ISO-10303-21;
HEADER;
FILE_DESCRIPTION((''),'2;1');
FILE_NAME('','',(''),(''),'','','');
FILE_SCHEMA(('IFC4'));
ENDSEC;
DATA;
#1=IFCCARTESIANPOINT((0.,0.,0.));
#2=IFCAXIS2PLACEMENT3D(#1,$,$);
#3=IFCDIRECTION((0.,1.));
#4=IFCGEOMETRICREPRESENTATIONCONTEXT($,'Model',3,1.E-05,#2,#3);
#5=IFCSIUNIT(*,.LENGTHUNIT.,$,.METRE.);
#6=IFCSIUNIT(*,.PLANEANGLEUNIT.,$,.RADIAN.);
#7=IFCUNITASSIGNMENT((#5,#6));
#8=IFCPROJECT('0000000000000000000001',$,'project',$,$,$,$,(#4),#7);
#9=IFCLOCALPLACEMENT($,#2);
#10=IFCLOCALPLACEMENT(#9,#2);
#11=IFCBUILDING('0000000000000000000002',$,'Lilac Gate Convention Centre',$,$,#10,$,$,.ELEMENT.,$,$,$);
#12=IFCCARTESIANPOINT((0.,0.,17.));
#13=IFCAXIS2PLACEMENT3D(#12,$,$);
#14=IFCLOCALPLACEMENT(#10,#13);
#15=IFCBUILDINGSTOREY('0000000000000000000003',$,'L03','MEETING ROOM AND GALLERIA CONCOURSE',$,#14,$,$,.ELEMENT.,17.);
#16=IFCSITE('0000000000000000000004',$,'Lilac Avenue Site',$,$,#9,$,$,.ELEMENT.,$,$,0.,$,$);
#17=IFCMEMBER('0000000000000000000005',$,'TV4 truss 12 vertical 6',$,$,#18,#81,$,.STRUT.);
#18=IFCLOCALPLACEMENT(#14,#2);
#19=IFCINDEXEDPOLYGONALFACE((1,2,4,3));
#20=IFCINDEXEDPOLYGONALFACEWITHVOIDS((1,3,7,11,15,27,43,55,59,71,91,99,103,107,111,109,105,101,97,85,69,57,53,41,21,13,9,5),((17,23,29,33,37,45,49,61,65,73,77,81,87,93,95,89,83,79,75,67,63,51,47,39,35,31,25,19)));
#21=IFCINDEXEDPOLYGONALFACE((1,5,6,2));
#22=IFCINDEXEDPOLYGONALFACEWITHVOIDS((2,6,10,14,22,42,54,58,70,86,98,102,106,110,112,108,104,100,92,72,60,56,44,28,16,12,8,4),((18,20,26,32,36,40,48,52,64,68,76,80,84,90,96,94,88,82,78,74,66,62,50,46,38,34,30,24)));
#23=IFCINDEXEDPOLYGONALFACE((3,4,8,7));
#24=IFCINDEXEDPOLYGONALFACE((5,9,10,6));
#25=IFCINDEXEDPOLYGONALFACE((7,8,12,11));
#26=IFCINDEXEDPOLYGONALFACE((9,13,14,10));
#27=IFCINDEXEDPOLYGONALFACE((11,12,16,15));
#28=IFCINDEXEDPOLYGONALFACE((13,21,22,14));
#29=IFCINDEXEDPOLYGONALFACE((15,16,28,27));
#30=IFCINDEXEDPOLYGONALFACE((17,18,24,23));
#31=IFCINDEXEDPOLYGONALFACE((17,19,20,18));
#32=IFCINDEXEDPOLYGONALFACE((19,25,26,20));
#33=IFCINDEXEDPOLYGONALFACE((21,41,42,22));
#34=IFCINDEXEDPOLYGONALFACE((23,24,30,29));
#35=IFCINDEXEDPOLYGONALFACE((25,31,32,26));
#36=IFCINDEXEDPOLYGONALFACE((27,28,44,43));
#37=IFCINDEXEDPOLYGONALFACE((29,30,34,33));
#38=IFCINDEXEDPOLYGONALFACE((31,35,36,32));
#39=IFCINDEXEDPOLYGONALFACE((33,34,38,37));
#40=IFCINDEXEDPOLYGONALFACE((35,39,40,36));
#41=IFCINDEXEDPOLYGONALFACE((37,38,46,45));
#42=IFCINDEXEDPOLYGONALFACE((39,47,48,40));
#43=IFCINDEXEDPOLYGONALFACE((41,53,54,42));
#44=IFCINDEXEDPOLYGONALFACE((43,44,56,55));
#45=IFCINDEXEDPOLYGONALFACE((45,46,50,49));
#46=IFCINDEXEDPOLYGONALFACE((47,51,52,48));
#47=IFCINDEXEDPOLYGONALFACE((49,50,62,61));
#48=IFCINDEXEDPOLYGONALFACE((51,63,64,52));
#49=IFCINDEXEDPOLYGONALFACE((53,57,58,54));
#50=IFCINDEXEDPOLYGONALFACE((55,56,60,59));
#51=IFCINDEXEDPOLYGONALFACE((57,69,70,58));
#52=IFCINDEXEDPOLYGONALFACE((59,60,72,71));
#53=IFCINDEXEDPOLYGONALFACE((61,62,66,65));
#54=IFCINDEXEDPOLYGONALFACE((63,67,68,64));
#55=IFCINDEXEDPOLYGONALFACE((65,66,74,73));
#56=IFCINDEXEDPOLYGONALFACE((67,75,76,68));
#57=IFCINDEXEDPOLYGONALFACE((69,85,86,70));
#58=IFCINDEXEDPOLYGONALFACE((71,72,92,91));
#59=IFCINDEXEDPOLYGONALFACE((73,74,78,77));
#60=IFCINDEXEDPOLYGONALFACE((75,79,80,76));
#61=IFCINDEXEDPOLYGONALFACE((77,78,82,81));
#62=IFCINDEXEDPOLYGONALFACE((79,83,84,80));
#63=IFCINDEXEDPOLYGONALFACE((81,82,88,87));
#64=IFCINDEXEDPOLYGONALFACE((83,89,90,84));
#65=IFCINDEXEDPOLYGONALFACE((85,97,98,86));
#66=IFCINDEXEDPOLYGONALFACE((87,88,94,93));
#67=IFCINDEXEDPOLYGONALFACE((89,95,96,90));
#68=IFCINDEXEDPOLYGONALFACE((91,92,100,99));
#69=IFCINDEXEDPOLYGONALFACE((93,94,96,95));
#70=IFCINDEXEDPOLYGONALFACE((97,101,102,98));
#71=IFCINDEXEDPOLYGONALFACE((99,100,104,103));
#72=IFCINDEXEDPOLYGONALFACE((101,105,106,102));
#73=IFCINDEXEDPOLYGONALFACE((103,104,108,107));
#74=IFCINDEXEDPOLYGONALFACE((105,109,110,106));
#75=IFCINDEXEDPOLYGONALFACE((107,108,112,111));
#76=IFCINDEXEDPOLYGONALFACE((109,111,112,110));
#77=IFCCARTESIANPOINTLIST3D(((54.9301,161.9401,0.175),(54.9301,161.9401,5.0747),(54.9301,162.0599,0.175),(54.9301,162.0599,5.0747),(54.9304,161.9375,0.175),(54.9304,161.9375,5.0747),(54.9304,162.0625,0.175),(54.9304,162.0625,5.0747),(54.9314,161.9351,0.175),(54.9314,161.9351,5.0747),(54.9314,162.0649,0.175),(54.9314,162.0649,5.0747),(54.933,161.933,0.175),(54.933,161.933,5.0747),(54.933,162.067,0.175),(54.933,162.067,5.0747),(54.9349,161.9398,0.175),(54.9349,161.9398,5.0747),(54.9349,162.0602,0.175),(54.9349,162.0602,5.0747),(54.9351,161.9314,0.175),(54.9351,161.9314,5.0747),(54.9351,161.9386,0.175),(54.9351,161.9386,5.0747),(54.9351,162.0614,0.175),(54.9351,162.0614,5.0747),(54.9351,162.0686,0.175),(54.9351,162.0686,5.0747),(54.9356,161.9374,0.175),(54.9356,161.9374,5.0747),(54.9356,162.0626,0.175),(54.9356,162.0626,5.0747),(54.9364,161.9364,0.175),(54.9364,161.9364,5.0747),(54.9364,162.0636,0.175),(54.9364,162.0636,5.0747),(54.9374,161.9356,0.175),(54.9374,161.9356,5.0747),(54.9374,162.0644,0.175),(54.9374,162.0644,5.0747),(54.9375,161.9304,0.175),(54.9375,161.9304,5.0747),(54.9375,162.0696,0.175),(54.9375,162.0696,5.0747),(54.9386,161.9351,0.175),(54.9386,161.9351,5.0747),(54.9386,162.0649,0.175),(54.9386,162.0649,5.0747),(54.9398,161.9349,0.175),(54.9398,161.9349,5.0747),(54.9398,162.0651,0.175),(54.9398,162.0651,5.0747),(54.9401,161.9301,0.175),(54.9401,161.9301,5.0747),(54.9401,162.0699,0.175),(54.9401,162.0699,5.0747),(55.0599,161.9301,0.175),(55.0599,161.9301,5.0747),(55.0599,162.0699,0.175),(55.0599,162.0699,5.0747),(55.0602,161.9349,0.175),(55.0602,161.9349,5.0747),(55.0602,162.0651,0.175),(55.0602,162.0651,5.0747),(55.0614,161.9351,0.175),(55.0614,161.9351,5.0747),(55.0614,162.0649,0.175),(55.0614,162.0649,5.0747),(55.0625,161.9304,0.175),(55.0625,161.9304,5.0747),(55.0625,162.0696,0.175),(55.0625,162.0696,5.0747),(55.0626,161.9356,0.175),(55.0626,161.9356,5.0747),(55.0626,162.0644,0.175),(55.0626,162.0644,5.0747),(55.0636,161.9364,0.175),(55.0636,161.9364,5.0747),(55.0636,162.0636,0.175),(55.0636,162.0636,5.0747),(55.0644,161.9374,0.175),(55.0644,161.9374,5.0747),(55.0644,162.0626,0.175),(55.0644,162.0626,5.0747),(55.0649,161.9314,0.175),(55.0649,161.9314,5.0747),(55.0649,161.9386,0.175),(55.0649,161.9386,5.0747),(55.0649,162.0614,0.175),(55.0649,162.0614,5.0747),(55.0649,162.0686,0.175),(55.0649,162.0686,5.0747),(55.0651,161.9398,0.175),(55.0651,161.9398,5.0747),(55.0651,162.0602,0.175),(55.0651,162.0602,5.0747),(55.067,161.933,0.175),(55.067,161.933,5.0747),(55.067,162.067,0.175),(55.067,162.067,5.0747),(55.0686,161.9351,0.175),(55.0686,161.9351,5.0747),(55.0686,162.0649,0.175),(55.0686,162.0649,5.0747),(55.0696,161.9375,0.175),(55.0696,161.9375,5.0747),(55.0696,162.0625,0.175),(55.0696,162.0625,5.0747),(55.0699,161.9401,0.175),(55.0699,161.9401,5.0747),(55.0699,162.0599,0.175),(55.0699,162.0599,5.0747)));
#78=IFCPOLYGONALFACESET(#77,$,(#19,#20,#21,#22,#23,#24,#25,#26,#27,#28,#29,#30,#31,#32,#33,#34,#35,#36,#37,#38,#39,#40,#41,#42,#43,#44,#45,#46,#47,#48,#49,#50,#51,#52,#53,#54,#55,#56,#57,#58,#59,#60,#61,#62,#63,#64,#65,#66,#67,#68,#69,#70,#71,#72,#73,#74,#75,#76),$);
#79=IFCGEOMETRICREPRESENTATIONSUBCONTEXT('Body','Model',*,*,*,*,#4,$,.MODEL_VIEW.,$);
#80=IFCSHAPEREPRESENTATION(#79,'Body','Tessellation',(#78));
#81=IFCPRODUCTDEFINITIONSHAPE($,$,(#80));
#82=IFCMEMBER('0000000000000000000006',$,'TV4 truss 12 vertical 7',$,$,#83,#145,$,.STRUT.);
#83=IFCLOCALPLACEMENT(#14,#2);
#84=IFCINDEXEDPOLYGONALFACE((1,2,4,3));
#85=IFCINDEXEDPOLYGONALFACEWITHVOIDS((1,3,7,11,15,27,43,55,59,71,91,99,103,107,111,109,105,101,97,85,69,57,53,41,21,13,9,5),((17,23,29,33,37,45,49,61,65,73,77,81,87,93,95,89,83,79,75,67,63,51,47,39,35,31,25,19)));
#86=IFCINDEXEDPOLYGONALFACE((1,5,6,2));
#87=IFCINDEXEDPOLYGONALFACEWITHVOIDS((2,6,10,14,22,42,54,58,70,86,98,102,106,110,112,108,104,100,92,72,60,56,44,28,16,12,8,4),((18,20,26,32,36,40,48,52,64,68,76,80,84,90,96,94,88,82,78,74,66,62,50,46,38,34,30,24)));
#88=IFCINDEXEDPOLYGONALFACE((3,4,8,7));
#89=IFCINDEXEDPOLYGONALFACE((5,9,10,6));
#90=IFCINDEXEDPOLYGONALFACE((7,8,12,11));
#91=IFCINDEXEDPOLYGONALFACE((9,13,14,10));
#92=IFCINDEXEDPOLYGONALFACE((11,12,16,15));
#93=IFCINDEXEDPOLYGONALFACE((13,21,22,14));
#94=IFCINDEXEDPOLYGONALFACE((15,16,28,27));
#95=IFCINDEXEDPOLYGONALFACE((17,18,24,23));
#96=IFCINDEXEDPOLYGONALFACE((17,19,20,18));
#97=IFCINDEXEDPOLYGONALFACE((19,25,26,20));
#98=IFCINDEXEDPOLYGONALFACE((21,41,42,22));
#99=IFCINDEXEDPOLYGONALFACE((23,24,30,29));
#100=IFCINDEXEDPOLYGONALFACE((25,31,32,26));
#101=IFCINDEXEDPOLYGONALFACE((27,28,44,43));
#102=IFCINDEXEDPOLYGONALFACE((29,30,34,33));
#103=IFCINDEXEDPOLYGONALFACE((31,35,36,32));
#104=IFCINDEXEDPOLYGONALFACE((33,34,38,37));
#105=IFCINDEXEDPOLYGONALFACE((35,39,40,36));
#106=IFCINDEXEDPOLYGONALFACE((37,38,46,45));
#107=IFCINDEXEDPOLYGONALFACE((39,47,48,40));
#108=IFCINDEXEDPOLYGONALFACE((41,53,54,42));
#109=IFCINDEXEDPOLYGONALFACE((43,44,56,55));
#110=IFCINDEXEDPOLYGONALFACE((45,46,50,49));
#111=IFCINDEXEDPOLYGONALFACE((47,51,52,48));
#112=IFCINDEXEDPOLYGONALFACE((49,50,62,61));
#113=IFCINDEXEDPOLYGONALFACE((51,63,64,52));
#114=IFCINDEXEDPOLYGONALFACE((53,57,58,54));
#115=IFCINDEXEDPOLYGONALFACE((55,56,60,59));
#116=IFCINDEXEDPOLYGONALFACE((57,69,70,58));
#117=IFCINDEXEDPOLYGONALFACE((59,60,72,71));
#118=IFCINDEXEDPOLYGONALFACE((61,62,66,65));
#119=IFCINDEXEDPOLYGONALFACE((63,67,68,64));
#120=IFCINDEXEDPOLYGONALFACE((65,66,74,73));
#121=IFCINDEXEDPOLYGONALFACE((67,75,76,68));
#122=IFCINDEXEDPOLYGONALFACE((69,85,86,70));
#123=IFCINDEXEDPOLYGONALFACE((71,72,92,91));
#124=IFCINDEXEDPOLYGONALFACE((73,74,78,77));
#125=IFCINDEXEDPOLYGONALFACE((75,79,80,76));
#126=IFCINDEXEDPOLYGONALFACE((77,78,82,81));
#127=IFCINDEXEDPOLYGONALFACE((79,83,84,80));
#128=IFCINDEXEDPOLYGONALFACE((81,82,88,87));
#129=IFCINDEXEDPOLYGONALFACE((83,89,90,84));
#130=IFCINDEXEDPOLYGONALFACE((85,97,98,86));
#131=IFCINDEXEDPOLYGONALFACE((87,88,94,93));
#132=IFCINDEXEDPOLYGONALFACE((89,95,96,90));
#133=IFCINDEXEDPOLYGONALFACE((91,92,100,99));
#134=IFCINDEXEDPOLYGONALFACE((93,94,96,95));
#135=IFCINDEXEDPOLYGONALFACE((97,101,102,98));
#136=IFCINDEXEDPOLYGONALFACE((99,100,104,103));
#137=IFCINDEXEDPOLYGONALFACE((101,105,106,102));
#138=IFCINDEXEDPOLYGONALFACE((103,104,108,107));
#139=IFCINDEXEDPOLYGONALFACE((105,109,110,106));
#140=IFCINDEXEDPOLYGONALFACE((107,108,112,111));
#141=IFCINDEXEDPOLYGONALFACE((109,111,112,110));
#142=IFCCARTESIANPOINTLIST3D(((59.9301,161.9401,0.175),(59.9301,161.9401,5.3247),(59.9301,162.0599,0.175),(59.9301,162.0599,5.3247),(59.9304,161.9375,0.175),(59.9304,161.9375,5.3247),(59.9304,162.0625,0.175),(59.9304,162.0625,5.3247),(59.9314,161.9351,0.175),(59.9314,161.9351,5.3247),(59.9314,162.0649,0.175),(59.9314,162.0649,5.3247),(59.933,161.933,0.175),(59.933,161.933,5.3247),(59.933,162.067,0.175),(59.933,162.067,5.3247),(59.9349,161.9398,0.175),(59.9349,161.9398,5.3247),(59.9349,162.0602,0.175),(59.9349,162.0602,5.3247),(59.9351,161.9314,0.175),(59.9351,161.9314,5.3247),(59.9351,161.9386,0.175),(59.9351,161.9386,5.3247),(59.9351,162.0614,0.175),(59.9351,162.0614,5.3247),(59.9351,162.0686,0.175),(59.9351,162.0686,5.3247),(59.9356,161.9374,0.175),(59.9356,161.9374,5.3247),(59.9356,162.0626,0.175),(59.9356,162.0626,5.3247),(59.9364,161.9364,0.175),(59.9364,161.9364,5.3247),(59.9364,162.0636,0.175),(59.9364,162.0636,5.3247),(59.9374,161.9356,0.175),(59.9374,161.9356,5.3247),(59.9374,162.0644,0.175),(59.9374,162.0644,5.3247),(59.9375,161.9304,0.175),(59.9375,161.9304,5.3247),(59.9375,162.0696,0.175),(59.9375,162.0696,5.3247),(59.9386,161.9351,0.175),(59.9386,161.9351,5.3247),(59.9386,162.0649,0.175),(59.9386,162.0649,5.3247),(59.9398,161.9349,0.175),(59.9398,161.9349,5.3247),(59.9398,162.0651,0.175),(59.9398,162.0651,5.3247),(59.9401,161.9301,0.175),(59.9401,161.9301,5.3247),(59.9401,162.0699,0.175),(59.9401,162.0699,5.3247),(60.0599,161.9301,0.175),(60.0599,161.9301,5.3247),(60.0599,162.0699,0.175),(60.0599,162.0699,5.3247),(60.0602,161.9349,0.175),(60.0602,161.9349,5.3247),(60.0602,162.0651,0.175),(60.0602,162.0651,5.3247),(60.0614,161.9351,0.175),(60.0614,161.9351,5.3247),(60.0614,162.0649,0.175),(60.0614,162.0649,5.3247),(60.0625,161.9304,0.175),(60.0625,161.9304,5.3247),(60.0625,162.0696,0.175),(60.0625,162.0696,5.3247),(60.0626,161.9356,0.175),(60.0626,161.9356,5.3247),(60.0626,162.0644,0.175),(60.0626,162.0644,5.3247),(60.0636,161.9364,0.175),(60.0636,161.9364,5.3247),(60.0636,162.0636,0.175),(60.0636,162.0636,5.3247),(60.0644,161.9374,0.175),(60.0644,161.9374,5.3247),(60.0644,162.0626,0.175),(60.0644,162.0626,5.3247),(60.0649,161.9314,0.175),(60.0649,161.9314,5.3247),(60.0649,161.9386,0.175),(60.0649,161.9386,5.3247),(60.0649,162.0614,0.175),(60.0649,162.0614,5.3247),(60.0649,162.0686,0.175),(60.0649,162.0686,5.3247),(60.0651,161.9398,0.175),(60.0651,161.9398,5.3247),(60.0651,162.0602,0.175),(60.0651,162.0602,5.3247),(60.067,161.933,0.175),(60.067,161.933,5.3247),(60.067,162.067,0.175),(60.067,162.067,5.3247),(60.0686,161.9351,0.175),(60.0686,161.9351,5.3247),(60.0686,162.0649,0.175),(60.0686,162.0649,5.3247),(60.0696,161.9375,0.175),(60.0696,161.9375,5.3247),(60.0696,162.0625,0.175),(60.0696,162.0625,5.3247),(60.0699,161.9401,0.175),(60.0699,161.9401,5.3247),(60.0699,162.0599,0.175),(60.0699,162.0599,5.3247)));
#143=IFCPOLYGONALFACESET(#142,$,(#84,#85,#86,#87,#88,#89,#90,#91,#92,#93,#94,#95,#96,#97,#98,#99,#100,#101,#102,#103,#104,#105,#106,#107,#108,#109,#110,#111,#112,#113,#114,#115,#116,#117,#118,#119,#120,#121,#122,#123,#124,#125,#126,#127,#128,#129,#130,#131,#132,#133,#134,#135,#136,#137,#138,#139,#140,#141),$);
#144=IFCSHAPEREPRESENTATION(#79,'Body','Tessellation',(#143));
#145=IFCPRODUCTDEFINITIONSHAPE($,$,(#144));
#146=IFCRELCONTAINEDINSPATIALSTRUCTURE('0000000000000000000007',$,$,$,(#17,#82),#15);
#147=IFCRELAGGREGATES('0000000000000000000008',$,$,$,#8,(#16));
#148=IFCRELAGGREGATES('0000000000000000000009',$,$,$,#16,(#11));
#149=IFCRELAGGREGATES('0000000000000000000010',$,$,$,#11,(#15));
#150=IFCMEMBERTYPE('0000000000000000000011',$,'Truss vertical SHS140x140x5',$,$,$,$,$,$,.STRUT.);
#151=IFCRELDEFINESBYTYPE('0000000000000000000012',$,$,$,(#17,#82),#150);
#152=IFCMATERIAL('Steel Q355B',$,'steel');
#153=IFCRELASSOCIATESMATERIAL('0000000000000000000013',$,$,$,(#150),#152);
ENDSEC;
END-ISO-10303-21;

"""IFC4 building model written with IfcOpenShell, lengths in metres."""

from ifc_helpers import new_model, si_unit, direction, frame, origin, origin_2d, place, context, subcontext, project, spatial, hollow_rectangle, extrude, material, material_profile, profile_set, type_object, element, save


model = new_model("IFC4")

# Units and contexts
model_context = context("Model", 3, precision=1e-05, world=origin(), true_north=direction((0.0, 1.0)))
body_context = subcontext(model_context, "Body", "Model", "MODEL_VIEW")
ifc_project = project(units=[si_unit("LENGTHUNIT", "METRE"), si_unit("PLANEANGLEUNIT", "RADIAN")], contexts=[model_context])

# Site, building, storey
site_placement = place(None, origin())
site = spatial("IfcSite", under=ifc_project, at=site_placement, Name="Lilac Avenue Site", CompositionType="ELEMENT", RefElevation=0.0)
building_placement = place(site_placement, origin())
building = spatial("IfcBuilding", under=site, at=building_placement, Name="Lilac Gate Convention Centre", CompositionType="ELEMENT")
storey_placement = place(building_placement, frame((0.0, 0.0, 17.0)))
storey = spatial("IfcBuildingStorey", under=building, at=storey_placement, Name="L03", Description="MEETING ROOM AND GALLERIA CONCOURSE", CompositionType="ELEMENT", Elevation=17.0)

# Members
ifc_material = material(Name="Steel Q355B", Category="steel")
ifc_material_profile_1 = material_profile(ifc_material, hollow_rectangle(XDim=0.1399, YDim=0.1399, WallThickness=0.0049, InnerFilletRadius=0.0049, OuterFilletRadius=0.01, at=origin_2d()), Name="SHS140x140x5")
ifc_profile_set_1 = profile_set([ifc_material_profile_1], Name="Steel Q355B")
member_type_1 = type_object("IfcMemberType", Name="Truss vertical SHS140x140x5", PredefinedType="STRUT", material=ifc_profile_set_1)
member_1_placement = place(storey_placement, frame((55.0, 162.0, 0.175), z_axis=(0.0, 0.0, 1.0), x_axis=(1.0, 0.0, 0.0)))
element("IfcMember", 1, at=member_1_placement, inside=storey, type_object=member_type_1, Name="TV4 truss 12 vertical 6", PredefinedType="STRUT", context=body_context, shape_type="SweptSolid", body=[
    extrude(hollow_rectangle(XDim=0.1399, YDim=0.1399, WallThickness=0.0049, InnerFilletRadius=0.0049, OuterFilletRadius=0.01, at=origin_2d()), origin(), (0.0, 0.0, 1.0), 4.8997),
])
member_2_placement = place(storey_placement, frame((60.0, 162.0, 0.175), z_axis=(0.0, 0.0, 1.0), x_axis=(1.0, 0.0, 0.0)))
element("IfcMember", 2, at=member_2_placement, inside=storey, type_object=member_type_1, Name="TV4 truss 12 vertical 7", PredefinedType="STRUT", context=body_context, shape_type="SweptSolid", body=[
    extrude(hollow_rectangle(XDim=0.1399, YDim=0.1399, WallThickness=0.0049, InnerFilletRadius=0.0049, OuterFilletRadius=0.01, at=origin_2d()), origin(), (0.0, 0.0, 1.0), 5.1497),
])

save(model, "model.ifc")
